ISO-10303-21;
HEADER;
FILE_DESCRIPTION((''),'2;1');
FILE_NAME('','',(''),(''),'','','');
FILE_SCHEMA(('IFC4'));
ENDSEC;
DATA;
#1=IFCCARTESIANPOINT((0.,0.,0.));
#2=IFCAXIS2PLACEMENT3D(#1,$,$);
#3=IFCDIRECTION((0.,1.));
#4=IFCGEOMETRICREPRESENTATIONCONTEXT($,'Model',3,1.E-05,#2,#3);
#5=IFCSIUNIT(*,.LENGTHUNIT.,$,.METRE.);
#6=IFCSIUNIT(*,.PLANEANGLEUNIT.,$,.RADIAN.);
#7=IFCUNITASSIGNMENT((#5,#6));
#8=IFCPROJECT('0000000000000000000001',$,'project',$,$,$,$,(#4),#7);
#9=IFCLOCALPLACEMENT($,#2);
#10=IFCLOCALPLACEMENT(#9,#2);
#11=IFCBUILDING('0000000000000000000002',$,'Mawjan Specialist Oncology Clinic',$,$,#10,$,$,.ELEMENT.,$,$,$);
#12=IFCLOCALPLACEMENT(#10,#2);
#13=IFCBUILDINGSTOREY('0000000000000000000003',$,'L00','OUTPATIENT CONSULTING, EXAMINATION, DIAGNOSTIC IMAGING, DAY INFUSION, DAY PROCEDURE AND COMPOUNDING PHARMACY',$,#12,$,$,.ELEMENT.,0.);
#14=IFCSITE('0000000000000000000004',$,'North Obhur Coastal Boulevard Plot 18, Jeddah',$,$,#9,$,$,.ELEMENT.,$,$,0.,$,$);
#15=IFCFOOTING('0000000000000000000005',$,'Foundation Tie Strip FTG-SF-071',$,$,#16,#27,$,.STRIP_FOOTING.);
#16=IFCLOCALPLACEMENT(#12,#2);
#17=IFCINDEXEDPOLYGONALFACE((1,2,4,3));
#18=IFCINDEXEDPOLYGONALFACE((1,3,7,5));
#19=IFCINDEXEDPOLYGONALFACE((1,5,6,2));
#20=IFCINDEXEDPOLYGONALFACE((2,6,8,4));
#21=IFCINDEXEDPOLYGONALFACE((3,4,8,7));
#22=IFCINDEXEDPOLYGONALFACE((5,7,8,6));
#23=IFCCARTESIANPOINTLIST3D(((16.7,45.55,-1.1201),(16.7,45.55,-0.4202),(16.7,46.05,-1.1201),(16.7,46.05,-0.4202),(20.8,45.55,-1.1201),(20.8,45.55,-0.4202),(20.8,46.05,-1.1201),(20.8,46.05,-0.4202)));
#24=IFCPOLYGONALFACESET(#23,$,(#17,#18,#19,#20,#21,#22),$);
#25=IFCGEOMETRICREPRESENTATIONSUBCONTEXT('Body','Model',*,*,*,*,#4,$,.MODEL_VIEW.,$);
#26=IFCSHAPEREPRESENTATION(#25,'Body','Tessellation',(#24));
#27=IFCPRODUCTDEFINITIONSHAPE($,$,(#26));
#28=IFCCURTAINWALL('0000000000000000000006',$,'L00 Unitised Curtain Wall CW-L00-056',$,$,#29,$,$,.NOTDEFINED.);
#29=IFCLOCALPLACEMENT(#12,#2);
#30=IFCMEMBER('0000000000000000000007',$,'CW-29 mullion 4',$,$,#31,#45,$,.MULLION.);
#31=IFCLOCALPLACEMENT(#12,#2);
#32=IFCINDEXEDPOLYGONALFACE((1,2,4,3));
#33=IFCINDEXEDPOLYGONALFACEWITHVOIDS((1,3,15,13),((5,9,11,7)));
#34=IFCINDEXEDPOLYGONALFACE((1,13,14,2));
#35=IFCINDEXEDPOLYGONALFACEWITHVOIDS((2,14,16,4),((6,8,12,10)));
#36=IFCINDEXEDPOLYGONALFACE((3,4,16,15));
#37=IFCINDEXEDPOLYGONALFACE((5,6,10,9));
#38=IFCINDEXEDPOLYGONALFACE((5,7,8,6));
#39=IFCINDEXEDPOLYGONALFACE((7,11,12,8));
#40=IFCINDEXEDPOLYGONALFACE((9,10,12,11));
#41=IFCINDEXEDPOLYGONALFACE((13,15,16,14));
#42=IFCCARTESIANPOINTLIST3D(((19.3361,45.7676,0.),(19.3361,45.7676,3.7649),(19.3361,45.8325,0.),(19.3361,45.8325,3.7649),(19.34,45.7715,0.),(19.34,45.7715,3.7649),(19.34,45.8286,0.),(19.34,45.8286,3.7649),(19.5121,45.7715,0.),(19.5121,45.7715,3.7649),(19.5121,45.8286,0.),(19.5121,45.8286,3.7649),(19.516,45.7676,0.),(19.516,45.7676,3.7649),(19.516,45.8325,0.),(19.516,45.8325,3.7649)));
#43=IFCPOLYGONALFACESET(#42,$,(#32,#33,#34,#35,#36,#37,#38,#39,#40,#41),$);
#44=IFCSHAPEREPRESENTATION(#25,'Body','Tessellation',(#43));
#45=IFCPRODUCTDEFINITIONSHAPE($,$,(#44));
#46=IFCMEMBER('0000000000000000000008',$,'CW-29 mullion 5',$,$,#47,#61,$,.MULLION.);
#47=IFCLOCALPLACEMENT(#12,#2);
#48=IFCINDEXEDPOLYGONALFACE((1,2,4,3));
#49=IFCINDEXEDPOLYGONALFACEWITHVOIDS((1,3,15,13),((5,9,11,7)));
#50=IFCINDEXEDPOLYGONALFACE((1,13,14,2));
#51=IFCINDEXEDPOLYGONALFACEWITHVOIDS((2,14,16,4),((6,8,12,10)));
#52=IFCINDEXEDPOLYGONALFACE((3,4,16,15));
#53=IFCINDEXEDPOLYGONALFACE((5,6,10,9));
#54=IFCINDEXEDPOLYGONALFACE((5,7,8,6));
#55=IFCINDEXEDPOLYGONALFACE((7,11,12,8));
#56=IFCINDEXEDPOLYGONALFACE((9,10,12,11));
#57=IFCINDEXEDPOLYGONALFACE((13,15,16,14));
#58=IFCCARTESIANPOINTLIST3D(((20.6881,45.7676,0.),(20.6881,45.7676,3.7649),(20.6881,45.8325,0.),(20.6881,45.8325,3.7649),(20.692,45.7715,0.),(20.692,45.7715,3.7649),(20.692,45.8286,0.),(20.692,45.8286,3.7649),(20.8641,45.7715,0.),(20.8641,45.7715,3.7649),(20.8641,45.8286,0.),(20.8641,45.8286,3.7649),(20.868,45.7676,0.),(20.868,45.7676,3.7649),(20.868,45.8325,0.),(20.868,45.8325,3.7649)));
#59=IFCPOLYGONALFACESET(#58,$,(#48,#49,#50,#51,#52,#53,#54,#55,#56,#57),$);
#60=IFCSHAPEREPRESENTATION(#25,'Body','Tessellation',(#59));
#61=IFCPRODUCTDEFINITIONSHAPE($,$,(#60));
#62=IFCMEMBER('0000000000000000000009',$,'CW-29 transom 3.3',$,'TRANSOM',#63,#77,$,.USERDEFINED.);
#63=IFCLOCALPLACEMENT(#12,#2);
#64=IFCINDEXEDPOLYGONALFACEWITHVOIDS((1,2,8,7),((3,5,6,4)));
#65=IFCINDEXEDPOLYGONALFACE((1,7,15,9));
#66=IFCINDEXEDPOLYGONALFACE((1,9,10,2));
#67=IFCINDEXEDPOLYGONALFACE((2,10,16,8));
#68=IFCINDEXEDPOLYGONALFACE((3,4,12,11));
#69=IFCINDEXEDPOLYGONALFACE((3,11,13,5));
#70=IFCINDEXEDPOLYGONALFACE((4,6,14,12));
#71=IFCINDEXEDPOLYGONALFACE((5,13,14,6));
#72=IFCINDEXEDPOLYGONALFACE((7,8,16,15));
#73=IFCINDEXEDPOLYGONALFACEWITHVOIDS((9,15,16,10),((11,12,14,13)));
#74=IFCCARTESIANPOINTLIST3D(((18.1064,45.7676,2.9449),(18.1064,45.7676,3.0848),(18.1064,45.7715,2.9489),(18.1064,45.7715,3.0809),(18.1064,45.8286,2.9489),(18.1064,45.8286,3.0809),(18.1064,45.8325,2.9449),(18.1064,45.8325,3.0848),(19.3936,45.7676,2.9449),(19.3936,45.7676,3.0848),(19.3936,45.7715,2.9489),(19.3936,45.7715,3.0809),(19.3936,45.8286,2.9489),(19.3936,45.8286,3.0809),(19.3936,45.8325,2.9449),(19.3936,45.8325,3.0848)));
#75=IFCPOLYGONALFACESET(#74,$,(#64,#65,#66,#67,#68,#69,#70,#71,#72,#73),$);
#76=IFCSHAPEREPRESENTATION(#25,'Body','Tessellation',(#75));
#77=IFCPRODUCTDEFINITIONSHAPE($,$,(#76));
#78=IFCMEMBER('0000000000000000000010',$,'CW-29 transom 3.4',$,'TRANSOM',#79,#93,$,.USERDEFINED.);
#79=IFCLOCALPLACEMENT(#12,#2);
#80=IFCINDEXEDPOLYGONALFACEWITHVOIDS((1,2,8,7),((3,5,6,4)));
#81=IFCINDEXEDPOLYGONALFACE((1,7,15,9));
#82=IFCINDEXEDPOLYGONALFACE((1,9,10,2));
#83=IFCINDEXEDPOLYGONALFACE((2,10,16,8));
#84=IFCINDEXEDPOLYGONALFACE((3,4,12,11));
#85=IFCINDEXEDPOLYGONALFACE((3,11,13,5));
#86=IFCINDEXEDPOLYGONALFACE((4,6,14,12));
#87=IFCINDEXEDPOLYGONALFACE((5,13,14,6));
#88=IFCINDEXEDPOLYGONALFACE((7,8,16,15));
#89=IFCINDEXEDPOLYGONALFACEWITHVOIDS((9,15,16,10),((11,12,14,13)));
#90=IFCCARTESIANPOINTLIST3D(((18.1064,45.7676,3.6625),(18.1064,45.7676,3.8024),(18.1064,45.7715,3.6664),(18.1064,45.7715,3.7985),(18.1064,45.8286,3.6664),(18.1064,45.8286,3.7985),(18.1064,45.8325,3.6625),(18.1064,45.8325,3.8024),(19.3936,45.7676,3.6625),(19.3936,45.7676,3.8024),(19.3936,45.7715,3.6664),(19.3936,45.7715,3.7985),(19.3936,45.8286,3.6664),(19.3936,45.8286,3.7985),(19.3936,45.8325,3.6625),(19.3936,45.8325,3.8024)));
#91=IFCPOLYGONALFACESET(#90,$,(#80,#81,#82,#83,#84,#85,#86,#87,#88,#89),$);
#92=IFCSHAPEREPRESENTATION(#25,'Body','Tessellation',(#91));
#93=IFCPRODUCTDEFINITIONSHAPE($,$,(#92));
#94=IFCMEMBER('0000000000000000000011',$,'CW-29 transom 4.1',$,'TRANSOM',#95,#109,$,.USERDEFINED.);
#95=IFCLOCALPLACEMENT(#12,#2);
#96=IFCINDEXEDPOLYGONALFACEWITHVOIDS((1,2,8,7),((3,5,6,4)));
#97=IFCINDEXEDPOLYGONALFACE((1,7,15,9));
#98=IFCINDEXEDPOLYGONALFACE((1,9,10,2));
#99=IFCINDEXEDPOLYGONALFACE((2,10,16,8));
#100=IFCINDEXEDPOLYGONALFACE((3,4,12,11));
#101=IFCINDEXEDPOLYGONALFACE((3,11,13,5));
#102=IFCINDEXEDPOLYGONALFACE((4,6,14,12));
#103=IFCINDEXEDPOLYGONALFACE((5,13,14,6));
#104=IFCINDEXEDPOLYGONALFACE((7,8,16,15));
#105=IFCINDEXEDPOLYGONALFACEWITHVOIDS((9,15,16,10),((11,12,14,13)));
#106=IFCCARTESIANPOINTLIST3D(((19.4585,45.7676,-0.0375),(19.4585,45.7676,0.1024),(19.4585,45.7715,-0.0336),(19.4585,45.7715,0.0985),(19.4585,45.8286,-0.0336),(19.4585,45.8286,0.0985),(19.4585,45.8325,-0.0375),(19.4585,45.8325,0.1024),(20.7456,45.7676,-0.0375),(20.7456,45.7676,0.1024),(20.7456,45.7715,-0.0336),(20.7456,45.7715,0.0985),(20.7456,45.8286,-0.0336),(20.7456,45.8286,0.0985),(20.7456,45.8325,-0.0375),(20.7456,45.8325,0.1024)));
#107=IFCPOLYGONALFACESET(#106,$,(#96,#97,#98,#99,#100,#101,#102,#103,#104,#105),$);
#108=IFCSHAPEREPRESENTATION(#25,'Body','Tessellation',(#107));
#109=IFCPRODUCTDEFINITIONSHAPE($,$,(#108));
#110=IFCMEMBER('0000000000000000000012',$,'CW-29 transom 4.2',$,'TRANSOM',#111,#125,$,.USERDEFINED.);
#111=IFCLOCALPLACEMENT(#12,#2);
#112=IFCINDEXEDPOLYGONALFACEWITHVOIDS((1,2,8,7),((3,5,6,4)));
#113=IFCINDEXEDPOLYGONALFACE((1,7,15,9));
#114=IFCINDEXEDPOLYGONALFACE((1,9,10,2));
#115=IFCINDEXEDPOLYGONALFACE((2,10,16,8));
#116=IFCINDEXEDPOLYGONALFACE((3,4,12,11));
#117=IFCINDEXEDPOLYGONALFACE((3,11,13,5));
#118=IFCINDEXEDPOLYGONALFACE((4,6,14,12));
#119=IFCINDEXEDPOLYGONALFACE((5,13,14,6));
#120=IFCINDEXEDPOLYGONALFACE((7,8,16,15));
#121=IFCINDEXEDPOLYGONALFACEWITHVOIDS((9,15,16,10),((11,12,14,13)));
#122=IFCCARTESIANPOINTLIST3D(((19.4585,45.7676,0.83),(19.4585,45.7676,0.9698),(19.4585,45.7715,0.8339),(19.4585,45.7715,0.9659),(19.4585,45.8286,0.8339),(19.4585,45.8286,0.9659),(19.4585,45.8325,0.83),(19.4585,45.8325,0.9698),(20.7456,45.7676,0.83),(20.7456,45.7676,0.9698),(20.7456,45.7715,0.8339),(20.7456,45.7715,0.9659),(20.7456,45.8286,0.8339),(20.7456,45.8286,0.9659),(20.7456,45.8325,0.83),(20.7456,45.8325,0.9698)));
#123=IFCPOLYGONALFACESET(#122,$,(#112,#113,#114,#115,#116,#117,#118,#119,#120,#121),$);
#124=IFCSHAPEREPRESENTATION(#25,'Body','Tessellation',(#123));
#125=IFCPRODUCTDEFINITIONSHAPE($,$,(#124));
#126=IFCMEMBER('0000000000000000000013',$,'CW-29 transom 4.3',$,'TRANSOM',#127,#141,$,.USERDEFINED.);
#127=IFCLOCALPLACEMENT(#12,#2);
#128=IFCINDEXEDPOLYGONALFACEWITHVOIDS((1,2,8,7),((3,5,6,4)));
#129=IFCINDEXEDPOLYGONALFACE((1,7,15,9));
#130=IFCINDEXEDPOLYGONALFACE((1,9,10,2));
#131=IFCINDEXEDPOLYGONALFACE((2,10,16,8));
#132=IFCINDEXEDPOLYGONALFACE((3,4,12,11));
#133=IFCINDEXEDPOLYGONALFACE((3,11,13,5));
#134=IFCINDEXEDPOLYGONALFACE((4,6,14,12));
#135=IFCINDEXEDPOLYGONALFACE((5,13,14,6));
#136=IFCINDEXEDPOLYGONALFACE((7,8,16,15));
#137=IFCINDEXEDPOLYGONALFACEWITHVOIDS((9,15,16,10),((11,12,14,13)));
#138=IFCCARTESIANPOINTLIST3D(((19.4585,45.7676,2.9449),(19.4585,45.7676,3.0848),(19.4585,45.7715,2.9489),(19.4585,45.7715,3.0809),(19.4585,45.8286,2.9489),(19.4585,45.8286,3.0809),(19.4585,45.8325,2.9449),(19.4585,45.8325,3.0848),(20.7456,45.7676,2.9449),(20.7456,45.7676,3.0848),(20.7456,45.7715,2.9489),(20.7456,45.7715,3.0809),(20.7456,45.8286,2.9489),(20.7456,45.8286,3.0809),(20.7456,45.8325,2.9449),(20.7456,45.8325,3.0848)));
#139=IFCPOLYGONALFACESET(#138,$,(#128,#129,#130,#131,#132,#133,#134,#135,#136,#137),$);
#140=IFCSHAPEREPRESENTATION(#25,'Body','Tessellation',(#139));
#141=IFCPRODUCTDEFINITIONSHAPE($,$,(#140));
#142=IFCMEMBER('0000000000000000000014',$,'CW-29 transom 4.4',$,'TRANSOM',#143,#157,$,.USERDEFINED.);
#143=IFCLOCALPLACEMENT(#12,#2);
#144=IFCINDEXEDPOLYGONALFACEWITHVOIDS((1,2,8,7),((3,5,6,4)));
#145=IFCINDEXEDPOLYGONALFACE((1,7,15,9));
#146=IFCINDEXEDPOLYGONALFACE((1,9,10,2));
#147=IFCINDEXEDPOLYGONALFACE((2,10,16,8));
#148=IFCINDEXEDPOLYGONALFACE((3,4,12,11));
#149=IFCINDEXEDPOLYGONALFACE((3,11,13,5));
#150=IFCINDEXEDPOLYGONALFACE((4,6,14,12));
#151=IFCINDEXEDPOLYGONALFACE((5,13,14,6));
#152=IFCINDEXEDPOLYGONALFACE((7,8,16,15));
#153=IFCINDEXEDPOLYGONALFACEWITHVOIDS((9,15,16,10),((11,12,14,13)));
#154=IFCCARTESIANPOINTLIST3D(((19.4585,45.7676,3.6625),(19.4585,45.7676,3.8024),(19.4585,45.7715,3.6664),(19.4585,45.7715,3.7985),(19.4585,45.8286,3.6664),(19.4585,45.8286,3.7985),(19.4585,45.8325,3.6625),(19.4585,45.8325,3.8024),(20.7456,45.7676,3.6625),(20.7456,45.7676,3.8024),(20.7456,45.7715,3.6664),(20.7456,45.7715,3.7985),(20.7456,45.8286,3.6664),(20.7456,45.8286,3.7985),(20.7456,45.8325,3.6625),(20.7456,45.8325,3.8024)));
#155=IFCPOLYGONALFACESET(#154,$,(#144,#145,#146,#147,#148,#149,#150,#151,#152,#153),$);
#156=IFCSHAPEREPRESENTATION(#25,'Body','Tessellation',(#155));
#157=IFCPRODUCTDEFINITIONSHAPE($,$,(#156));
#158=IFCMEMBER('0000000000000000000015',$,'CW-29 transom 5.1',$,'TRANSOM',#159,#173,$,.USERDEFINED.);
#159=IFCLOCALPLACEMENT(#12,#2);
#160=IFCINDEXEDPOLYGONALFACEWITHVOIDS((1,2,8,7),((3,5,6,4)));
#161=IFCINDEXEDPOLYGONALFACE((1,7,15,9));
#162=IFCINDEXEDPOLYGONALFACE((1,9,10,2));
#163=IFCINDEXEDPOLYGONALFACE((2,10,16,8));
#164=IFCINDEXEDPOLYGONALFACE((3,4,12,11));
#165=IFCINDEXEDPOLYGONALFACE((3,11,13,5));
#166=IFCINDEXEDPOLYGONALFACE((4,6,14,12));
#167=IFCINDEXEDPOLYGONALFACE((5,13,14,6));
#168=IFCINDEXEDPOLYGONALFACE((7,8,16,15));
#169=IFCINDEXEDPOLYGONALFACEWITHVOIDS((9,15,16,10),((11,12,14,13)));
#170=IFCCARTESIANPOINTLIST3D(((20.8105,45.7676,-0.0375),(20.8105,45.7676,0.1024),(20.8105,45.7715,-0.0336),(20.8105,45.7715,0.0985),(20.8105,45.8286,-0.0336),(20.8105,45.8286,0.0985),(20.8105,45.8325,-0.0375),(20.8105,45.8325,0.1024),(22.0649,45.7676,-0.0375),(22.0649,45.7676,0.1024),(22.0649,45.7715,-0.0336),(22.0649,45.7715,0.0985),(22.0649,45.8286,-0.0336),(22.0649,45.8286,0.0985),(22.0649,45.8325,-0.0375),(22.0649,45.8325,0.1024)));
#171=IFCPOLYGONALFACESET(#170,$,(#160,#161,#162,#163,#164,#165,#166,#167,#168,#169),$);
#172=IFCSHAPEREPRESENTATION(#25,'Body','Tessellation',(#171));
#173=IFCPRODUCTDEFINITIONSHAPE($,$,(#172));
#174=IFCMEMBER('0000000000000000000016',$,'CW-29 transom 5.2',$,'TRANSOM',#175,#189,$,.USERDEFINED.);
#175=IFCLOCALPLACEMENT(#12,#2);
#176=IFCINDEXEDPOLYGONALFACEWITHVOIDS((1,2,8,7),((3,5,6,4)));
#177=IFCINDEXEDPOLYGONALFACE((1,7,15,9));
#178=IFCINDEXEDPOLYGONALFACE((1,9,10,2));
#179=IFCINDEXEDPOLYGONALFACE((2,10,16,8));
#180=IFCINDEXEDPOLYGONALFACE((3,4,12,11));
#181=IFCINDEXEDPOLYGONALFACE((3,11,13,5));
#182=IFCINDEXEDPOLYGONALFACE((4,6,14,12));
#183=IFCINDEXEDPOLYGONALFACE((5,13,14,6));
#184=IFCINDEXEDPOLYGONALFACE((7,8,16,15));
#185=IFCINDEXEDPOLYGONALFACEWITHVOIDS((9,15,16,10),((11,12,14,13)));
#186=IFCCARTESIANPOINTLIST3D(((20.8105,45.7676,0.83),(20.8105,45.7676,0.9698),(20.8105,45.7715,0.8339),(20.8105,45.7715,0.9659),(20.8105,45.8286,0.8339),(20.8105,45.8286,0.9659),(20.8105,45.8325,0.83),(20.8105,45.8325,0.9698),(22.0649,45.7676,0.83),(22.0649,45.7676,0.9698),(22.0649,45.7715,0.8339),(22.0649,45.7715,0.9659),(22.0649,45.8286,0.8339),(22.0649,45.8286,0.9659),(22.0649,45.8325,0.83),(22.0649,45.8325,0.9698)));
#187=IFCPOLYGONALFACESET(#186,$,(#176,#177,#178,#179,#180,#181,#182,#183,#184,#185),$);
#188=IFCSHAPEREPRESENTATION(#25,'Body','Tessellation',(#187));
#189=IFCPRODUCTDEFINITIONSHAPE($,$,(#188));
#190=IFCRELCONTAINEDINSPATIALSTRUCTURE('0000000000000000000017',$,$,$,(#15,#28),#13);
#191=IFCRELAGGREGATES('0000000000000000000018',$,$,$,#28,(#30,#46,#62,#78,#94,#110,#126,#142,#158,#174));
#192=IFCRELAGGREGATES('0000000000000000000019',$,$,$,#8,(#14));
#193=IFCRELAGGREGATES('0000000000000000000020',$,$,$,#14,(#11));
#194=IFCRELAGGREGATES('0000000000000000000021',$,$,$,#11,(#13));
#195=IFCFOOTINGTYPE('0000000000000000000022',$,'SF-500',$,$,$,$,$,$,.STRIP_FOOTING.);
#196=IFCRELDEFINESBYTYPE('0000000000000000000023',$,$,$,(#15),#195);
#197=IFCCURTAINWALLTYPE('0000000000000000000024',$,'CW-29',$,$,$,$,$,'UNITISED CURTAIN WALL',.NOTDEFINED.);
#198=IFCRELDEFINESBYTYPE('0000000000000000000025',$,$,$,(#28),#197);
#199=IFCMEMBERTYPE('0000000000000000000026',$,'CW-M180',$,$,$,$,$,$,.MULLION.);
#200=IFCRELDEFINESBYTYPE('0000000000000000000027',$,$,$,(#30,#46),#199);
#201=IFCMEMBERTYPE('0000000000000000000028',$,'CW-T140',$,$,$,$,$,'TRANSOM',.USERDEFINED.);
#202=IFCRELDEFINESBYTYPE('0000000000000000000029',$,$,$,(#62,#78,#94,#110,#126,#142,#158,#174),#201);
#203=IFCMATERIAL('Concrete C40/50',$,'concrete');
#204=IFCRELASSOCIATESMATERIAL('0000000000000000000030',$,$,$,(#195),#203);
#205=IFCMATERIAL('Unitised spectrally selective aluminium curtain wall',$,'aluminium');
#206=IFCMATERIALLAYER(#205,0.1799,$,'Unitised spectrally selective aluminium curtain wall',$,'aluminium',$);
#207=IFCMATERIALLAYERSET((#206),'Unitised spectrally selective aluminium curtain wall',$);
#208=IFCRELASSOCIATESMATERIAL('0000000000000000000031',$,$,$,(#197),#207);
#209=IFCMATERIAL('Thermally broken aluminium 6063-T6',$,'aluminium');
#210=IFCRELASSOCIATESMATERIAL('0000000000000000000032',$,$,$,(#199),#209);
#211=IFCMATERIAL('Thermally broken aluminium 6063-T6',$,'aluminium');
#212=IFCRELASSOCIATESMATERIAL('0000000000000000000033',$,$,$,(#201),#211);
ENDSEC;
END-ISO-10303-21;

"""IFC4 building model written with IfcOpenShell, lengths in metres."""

from ifc_helpers import new_model, si_unit, direction, frame, origin, origin_2d, place, context, subcontext, project, spatial, rectangle, hollow_rectangle, extrude, material, layer, layer_set, material_profile, profile_set, type_object, element, aggregate, save


model = new_model("IFC4")

# Units and contexts
model_context = context("Model", 3, precision=1e-05, world=origin(), true_north=direction((0.0, 1.0)))
body_context = subcontext(model_context, "Body", "Model", "MODEL_VIEW")
ifc_project = project(units=[si_unit("LENGTHUNIT", "METRE"), si_unit("PLANEANGLEUNIT", "RADIAN")], contexts=[model_context])

# Site, building, storey
site_placement = place(None, origin())
site = spatial("IfcSite", under=ifc_project, at=site_placement, Name="North Obhur Coastal Boulevard Plot 18, Jeddah", CompositionType="ELEMENT", RefElevation=0.0)
building_placement = place(site_placement, origin())
building = spatial("IfcBuilding", under=site, at=building_placement, Name="Mawjan Specialist Oncology Clinic", CompositionType="ELEMENT")
storey_placement = place(building_placement, origin())
storey = spatial("IfcBuildingStorey", under=building, at=storey_placement, Name="L00", Description="OUTPATIENT CONSULTING, EXAMINATION, DIAGNOSTIC IMAGING, DAY INFUSION, DAY PROCEDURE AND COMPOUNDING PHARMACY", CompositionType="ELEMENT", Elevation=0.0)

# Footing
ifc_material_1 = material(Name="Concrete C40/50", Category="concrete")
footing_type = type_object("IfcFootingType", Name="SF-500", PredefinedType="STRIP_FOOTING", material=ifc_material_1)
footing_placement = place(storey_placement, frame((18.75, 45.8, -1.1201), z_axis=(0.0, 0.0, 1.0), x_axis=(1.0, 0.0, 0.0)))
element("IfcFooting", 1, at=footing_placement, inside=storey, type_object=footing_type, Name="Foundation Tie Strip FTG-SF-071", PredefinedType="STRIP_FOOTING", context=body_context, shape_type="SweptSolid", body=[
    extrude(rectangle(XDim=4.1001, YDim=0.5, at=origin_2d()), origin(), (0.0, 0.0, 1.0), 0.7),
])

# Curtain wall, members
ifc_material_2 = material(Name="Unitised spectrally selective aluminium curtain wall", Category="aluminium")
ifc_layer_1 = layer(ifc_material_2, 0.1799, Name="Unitised spectrally selective aluminium curtain wall", Category="aluminium")
ifc_layer_set_1 = layer_set([ifc_layer_1], Name="Unitised spectrally selective aluminium curtain wall")
curtain_wall_type = type_object("IfcCurtainWallType", Name="CW-29", ElementType="UNITISED CURTAIN WALL", PredefinedType="NOTDEFINED", material=ifc_layer_set_1)
curtain_wall_placement = place(storey_placement, origin())
curtain_wall = element("IfcCurtainWall", 2, at=curtain_wall_placement, inside=storey, type_object=curtain_wall_type, Name="L00 Unitised Curtain Wall CW-L00-056", PredefinedType="NOTDEFINED")
ifc_material_3 = material(Name="Thermally broken aluminium 6063-T6", Category="aluminium")
ifc_material_profile_1 = material_profile(ifc_material_3, hollow_rectangle(XDim=0.0649, YDim=0.1799, WallThickness=0.0039, at=origin_2d()), Name="ALU MULLION 180x65x4", Category="aluminium")
ifc_profile_set_1 = profile_set([ifc_material_profile_1], Name="Thermally broken aluminium 6063-T6")
member_type_1 = type_object("IfcMemberType", Name="CW-M180", PredefinedType="MULLION", material=ifc_profile_set_1)
member_1_placement = place(storey_placement, frame((19.426, 45.8, 0.0), z_axis=(0.0, 0.0, 1.0), x_axis=(0.0, 1.0, 0.0)))
member_1 = element("IfcMember", 3, at=member_1_placement, type_object=member_type_1, Name="CW-29 mullion 4", PredefinedType="MULLION", context=body_context, shape_type="SweptSolid", body=[
    extrude(hollow_rectangle(XDim=0.0649, YDim=0.1799, WallThickness=0.0039, at=origin_2d()), origin(), (0.0, 0.0, 1.0), 3.7649),
])
member_2_placement = place(storey_placement, frame((20.7781, 45.8, 0.0), z_axis=(0.0, 0.0, 1.0), x_axis=(0.0, 1.0, 0.0)))
member_2 = element("IfcMember", 4, at=member_2_placement, type_object=member_type_1, Name="CW-29 mullion 5", PredefinedType="MULLION", context=body_context, shape_type="SweptSolid", body=[
    extrude(hollow_rectangle(XDim=0.0649, YDim=0.1799, WallThickness=0.0039, at=origin_2d()), origin(), (0.0, 0.0, 1.0), 3.7649),
])
ifc_material_4 = material(Name="Thermally broken aluminium 6063-T6", Category="aluminium")
ifc_material_profile_2 = material_profile(ifc_material_4, hollow_rectangle(XDim=0.0649, YDim=0.1399, WallThickness=0.0039, at=origin_2d()), Name="ALU TRANSOM 140x65x4", Category="aluminium")
ifc_profile_set_2 = profile_set([ifc_material_profile_2], Name="Thermally broken aluminium 6063-T6")
member_type_2 = type_object("IfcMemberType", Name="CW-T140", ElementType="TRANSOM", PredefinedType="USERDEFINED", material=ifc_profile_set_2)
member_3_placement = place(storey_placement, frame((18.1064, 45.8, 3.0149), z_axis=(1.0, 0.0, 0.0), x_axis=(0.0, 1.0, 0.0)))
member_3 = element("IfcMember", 5, at=member_3_placement, type_object=member_type_2, Name="CW-29 transom 3.3", ObjectType="TRANSOM", PredefinedType="USERDEFINED", context=body_context, shape_type="SweptSolid", body=[
    extrude(hollow_rectangle(XDim=0.0649, YDim=0.1399, WallThickness=0.0039, at=origin_2d()), origin(), (0.0, 0.0, 1.0), 1.2871),
])
member_4_placement = place(storey_placement, frame((18.1064, 45.8, 3.7324), z_axis=(1.0, 0.0, 0.0), x_axis=(0.0, 1.0, 0.0)))
member_4 = element("IfcMember", 6, at=member_4_placement, type_object=member_type_2, Name="CW-29 transom 3.4", ObjectType="TRANSOM", PredefinedType="USERDEFINED", context=body_context, shape_type="SweptSolid", body=[
    extrude(hollow_rectangle(XDim=0.0649, YDim=0.1399, WallThickness=0.0039, at=origin_2d()), origin(), (0.0, 0.0, 1.0), 1.2871),
])
member_5_placement = place(storey_placement, frame((19.4585, 45.8, 0.0325), z_axis=(1.0, 0.0, 0.0), x_axis=(0.0, 1.0, 0.0)))
member_5 = element("IfcMember", 7, at=member_5_placement, type_object=member_type_2, Name="CW-29 transom 4.1", ObjectType="TRANSOM", PredefinedType="USERDEFINED", context=body_context, shape_type="SweptSolid", body=[
    extrude(hollow_rectangle(XDim=0.0649, YDim=0.1399, WallThickness=0.0039, at=origin_2d()), origin(), (0.0, 0.0, 1.0), 1.2871),
])
member_6_placement = place(storey_placement, frame((19.4585, 45.8, 0.8999), z_axis=(1.0, 0.0, 0.0), x_axis=(0.0, 1.0, 0.0)))
member_6 = element("IfcMember", 8, at=member_6_placement, type_object=member_type_2, Name="CW-29 transom 4.2", ObjectType="TRANSOM", PredefinedType="USERDEFINED", context=body_context, shape_type="SweptSolid", body=[
    extrude(hollow_rectangle(XDim=0.0649, YDim=0.1399, WallThickness=0.0039, at=origin_2d()), origin(), (0.0, 0.0, 1.0), 1.2871),
])
member_7_placement = place(storey_placement, frame((19.4585, 45.8, 3.0149), z_axis=(1.0, 0.0, 0.0), x_axis=(0.0, 1.0, 0.0)))
member_7 = element("IfcMember", 9, at=member_7_placement, type_object=member_type_2, Name="CW-29 transom 4.3", ObjectType="TRANSOM", PredefinedType="USERDEFINED", context=body_context, shape_type="SweptSolid", body=[
    extrude(hollow_rectangle(XDim=0.0649, YDim=0.1399, WallThickness=0.0039, at=origin_2d()), origin(), (0.0, 0.0, 1.0), 1.2871),
])
member_8_placement = place(storey_placement, frame((19.4585, 45.8, 3.7324), z_axis=(1.0, 0.0, 0.0), x_axis=(0.0, 1.0, 0.0)))
member_8 = element("IfcMember", 10, at=member_8_placement, type_object=member_type_2, Name="CW-29 transom 4.4", ObjectType="TRANSOM", PredefinedType="USERDEFINED", context=body_context, shape_type="SweptSolid", body=[
    extrude(hollow_rectangle(XDim=0.0649, YDim=0.1399, WallThickness=0.0039, at=origin_2d()), origin(), (0.0, 0.0, 1.0), 1.2871),
])
member_9_placement = place(storey_placement, frame((20.8105, 45.8, 0.0325), z_axis=(1.0, 0.0, 0.0), x_axis=(0.0, 1.0, 0.0)))
member_9 = element("IfcMember", 11, at=member_9_placement, type_object=member_type_2, Name="CW-29 transom 5.1", ObjectType="TRANSOM", PredefinedType="USERDEFINED", context=body_context, shape_type="SweptSolid", body=[
    extrude(hollow_rectangle(XDim=0.0649, YDim=0.1399, WallThickness=0.0039, at=origin_2d()), origin(), (0.0, 0.0, 1.0), 1.2544),
])
member_10_placement = place(storey_placement, frame((20.8105, 45.8, 0.8999), z_axis=(1.0, 0.0, 0.0), x_axis=(0.0, 1.0, 0.0)))
member_10 = element("IfcMember", 12, at=member_10_placement, type_object=member_type_2, Name="CW-29 transom 5.2", ObjectType="TRANSOM", PredefinedType="USERDEFINED", context=body_context, shape_type="SweptSolid", body=[
    extrude(hollow_rectangle(XDim=0.0649, YDim=0.1399, WallThickness=0.0039, at=origin_2d()), origin(), (0.0, 0.0, 1.0), 1.2544),
])
aggregate(curtain_wall, [member_1, member_2, member_3, member_4, member_5, member_6, member_7, member_8, member_9, member_10])

save(model, "model.ifc")
